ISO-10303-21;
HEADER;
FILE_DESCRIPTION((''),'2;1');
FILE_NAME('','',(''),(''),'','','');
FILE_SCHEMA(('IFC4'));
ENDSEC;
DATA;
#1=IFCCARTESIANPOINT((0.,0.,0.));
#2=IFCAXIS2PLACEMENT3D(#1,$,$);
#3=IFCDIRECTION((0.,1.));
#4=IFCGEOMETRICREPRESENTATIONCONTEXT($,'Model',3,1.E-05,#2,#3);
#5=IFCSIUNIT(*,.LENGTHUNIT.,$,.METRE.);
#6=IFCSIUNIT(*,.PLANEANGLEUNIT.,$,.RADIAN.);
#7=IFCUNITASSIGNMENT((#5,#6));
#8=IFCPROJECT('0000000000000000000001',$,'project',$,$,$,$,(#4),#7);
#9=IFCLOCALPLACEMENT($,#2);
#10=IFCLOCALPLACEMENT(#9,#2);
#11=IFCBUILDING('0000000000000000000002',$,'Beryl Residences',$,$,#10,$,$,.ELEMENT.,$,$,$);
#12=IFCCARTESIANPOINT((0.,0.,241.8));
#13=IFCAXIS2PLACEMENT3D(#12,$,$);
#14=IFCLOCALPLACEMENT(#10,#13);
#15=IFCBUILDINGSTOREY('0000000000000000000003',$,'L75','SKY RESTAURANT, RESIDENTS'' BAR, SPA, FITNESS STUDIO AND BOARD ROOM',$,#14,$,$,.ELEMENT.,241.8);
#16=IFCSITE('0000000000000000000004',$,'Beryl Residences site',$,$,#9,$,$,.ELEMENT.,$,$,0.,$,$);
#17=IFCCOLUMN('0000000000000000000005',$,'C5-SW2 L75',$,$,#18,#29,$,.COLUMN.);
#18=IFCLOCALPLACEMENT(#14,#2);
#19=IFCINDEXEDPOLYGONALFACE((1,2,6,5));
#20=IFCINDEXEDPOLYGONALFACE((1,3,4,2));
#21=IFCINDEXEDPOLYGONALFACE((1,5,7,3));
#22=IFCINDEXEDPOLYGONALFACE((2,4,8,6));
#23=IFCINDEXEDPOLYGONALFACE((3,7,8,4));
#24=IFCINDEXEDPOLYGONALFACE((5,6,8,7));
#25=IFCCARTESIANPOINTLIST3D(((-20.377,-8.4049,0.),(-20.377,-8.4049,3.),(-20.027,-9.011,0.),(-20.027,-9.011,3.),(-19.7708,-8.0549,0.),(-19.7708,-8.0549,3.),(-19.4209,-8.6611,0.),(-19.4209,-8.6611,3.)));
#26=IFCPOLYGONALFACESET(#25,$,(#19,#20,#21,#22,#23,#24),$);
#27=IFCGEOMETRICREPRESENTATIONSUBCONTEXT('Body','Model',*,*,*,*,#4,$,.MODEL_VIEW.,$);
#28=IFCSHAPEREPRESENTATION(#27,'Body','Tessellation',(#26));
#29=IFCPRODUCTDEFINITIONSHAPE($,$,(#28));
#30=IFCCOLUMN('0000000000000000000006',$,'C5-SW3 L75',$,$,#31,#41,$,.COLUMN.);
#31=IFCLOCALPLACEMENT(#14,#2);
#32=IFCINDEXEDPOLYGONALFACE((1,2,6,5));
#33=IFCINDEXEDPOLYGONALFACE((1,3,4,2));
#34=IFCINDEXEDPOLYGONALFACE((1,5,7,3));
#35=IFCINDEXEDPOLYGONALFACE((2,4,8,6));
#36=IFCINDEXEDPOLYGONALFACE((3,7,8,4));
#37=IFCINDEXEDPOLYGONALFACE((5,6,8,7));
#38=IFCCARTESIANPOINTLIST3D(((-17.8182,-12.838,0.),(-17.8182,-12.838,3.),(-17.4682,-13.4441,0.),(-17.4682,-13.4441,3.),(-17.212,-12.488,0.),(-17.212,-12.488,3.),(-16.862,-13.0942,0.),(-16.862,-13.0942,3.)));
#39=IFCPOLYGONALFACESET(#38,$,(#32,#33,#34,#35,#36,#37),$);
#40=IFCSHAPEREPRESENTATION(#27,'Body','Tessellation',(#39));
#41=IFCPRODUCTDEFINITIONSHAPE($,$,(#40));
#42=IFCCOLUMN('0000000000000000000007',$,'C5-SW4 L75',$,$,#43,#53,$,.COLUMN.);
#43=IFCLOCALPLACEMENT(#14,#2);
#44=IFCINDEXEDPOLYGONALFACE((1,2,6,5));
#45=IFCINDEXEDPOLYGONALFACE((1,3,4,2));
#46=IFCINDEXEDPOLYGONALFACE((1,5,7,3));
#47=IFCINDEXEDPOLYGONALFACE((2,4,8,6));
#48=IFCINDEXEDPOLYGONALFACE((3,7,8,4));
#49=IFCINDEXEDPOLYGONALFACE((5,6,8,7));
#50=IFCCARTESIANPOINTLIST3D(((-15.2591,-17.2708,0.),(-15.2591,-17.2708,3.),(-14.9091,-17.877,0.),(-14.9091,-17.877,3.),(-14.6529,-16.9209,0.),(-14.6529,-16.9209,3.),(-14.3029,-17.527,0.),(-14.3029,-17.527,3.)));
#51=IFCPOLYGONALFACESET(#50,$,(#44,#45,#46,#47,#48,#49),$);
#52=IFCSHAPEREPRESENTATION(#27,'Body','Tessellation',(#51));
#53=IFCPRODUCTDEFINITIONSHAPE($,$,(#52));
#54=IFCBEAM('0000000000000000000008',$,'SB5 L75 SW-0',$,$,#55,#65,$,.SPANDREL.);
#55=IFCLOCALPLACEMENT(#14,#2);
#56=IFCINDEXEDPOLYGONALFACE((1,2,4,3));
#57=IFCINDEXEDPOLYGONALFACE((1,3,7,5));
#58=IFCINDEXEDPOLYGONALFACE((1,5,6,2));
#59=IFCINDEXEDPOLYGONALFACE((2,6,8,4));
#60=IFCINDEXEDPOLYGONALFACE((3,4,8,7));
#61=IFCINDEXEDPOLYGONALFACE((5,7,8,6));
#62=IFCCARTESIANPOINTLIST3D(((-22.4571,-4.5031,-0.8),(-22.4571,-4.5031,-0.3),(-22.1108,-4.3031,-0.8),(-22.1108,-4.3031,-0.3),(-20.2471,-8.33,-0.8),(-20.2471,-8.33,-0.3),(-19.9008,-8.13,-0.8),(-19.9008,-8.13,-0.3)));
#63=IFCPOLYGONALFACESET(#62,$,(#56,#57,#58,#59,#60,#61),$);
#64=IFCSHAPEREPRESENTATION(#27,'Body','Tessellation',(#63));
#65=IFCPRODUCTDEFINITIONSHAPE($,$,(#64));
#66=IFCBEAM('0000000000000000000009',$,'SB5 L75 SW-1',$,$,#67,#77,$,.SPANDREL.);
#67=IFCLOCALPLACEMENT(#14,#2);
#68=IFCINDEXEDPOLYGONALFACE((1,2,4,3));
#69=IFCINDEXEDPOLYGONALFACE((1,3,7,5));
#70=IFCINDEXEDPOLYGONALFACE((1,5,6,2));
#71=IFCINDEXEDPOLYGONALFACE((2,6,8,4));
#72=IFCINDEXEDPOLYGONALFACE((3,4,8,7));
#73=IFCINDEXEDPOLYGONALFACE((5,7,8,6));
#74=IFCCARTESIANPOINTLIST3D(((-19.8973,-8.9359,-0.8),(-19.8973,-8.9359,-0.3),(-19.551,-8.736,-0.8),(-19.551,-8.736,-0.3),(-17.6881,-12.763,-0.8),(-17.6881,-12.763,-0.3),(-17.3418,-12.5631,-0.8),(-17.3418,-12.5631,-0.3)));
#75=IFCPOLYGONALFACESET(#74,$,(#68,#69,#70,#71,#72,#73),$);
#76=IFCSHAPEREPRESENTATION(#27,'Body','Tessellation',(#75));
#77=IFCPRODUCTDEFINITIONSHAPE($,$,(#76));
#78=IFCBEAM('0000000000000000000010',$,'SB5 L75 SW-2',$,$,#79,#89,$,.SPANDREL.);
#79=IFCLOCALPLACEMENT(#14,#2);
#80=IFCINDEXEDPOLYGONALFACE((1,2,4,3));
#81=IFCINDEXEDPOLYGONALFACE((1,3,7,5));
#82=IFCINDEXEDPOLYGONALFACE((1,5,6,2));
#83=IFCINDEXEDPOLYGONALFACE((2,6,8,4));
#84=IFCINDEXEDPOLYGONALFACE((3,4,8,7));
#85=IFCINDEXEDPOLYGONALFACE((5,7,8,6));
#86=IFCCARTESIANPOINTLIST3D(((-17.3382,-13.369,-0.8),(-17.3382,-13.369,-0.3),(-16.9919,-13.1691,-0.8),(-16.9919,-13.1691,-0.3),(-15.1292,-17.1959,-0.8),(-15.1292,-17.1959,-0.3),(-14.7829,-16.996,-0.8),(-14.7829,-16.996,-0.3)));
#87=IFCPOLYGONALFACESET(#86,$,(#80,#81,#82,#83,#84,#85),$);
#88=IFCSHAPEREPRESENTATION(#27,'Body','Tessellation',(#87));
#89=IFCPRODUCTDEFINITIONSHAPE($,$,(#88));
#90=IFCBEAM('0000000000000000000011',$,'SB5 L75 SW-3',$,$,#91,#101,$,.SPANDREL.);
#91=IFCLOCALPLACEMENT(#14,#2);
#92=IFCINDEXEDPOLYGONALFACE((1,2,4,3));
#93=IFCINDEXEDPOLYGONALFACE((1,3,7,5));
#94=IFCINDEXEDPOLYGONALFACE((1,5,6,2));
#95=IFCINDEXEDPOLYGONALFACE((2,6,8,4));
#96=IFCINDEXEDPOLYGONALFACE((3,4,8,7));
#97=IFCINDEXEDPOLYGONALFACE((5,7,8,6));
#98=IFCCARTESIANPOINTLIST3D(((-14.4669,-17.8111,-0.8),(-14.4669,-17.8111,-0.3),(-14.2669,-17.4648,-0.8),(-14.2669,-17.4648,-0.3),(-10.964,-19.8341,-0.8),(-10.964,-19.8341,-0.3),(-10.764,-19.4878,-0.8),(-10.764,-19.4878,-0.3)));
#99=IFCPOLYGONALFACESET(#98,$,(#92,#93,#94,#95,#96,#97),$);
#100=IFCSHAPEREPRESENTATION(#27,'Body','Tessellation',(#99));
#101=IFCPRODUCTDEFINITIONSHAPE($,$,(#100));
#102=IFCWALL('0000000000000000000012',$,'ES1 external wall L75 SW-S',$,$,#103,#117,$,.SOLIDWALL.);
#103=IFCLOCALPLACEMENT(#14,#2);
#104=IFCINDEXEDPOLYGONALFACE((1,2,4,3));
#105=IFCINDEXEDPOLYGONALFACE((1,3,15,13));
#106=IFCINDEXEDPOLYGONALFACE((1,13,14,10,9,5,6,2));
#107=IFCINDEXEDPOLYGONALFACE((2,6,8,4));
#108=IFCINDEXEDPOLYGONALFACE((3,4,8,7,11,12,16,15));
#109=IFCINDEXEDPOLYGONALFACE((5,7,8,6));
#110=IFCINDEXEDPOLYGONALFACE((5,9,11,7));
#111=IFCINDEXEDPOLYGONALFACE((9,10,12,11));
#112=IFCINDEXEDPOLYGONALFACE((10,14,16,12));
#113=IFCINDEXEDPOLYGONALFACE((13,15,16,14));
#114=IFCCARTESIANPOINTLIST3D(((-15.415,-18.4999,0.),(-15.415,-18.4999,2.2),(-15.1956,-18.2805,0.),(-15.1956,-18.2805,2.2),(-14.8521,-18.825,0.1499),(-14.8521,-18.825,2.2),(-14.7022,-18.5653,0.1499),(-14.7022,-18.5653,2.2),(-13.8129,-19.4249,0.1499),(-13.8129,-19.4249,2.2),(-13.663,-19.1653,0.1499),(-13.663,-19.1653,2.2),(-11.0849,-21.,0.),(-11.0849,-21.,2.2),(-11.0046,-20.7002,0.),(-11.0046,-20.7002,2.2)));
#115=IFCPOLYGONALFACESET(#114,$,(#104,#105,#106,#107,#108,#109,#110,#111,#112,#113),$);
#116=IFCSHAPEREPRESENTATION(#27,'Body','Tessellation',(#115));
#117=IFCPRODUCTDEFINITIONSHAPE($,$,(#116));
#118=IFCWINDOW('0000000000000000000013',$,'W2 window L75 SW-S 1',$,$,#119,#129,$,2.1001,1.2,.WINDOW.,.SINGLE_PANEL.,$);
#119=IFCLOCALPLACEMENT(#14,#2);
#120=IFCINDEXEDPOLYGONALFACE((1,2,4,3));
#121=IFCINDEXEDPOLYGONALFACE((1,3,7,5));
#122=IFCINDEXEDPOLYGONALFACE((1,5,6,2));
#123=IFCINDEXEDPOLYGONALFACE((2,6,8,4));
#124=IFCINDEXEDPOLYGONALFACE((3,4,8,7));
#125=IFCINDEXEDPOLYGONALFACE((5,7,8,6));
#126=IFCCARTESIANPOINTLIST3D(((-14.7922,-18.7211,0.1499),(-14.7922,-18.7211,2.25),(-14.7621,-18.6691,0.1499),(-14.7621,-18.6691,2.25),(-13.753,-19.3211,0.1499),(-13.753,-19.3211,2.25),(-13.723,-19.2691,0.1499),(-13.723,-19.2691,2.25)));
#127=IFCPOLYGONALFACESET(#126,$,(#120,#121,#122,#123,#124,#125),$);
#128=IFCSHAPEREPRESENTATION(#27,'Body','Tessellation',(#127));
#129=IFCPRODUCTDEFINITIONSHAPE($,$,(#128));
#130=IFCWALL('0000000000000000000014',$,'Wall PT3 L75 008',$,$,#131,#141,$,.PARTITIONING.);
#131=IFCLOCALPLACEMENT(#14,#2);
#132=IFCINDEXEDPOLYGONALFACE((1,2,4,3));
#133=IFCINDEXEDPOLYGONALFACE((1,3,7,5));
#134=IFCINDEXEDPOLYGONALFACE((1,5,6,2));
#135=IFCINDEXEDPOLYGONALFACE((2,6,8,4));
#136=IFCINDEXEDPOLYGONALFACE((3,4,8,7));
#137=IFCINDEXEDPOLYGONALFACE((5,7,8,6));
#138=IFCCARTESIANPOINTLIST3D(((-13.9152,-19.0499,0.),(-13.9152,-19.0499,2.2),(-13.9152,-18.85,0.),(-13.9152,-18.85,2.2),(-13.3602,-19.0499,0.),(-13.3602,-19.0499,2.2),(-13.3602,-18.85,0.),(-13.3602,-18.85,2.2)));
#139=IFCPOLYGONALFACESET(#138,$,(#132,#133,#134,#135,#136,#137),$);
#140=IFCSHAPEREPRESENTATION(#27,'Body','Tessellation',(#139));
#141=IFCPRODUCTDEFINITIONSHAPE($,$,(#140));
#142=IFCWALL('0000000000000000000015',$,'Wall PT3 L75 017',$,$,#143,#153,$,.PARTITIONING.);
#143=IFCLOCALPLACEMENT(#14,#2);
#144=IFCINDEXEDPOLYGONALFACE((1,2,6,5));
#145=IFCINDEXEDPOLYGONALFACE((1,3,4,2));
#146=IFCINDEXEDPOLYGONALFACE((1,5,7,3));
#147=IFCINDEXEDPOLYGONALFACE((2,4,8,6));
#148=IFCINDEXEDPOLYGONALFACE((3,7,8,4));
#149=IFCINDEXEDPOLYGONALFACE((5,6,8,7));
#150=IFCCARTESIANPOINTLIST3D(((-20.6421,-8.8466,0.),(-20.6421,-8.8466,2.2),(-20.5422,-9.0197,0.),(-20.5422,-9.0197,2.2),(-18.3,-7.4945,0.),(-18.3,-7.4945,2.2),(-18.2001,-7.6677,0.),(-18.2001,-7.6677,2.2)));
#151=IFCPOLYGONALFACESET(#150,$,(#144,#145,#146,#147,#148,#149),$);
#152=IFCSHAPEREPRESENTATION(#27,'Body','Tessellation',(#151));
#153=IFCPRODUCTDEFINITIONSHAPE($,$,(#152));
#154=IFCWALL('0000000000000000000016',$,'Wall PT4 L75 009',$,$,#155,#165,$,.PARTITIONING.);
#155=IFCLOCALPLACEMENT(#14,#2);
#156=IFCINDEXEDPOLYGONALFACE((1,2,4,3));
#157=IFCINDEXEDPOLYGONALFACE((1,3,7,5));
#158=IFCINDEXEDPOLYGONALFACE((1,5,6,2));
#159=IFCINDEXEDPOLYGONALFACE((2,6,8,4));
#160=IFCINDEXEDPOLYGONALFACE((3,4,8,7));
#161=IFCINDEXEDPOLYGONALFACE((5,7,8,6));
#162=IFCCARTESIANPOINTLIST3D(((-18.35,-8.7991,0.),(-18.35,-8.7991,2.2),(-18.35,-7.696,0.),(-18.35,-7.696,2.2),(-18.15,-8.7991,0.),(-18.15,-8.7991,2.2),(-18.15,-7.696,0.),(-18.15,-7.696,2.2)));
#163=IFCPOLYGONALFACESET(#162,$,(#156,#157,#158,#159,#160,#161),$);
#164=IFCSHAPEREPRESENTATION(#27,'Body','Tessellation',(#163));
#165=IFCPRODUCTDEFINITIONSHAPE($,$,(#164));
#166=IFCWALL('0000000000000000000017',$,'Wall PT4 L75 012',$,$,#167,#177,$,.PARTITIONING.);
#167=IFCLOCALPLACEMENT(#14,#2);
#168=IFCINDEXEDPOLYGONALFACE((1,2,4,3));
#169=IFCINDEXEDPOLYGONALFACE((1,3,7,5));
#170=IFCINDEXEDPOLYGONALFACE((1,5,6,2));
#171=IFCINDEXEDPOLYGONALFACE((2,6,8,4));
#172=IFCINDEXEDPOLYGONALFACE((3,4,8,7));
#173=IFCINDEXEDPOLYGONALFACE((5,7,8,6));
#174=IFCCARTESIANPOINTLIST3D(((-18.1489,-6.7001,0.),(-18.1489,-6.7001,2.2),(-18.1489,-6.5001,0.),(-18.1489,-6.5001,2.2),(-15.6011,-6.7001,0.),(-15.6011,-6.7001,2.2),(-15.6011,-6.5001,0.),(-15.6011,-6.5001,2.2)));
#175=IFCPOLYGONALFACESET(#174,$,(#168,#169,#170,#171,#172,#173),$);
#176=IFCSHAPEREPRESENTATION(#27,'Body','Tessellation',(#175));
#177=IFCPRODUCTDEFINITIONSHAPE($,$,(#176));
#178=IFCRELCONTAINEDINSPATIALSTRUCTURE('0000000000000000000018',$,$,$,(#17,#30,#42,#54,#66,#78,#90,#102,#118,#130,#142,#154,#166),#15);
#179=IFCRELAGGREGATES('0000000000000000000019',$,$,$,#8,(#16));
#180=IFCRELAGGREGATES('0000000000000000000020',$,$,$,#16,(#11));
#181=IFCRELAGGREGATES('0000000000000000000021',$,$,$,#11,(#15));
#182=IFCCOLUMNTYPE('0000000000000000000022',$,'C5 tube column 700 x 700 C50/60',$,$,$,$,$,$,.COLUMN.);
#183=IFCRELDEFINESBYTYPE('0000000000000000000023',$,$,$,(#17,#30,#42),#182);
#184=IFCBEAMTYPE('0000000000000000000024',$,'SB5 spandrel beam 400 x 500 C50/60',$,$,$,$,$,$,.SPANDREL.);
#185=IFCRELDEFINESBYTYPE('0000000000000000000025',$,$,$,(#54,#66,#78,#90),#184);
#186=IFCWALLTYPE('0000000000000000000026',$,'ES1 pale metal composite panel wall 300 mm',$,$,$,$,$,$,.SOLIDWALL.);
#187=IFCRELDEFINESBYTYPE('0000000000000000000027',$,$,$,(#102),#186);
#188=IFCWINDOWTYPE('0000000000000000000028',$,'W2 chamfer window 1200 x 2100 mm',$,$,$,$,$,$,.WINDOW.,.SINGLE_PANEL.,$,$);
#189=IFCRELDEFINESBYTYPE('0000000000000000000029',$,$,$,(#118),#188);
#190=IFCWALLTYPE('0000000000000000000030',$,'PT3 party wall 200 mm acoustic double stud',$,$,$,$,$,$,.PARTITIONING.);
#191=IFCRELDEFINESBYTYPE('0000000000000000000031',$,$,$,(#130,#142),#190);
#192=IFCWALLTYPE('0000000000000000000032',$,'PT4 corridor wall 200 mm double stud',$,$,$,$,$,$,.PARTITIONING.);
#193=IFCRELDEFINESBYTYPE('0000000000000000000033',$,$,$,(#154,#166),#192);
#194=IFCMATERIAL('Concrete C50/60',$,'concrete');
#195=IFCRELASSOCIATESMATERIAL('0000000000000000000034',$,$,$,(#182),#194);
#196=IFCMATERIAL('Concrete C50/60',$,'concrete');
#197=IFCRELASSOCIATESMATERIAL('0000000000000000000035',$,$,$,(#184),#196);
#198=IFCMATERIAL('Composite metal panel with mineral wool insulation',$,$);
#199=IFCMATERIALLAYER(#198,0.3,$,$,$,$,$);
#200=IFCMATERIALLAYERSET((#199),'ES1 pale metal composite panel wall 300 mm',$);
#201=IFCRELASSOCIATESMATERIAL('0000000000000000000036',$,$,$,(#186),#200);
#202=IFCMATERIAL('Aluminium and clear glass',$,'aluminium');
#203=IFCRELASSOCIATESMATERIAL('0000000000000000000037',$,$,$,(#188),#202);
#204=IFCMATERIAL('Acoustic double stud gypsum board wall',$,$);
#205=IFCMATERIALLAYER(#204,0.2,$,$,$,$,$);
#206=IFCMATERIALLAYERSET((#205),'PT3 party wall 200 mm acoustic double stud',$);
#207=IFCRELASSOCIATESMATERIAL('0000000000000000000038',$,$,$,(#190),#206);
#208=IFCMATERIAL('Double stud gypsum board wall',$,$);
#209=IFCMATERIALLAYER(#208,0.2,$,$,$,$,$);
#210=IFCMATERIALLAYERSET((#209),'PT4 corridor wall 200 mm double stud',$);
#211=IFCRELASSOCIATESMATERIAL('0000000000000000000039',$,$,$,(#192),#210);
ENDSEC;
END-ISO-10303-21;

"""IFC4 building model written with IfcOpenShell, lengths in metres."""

from ifc_helpers import new_model, si_unit, direction, frame, frame_2d, origin, origin_2d, place, context, subcontext, project, spatial, polyline, rectangle, outline, extrude, material, layer, layer_set, material_profile, profile_set, type_object, element, fill, save


model = new_model("IFC4")

# Units and contexts
model_context = context("Model", 3, precision=1e-05, world=origin(), true_north=direction((0.0, 1.0)))
body_context = subcontext(model_context, "Body", "Model", "MODEL_VIEW")
ifc_project = project(units=[si_unit("LENGTHUNIT", "METRE"), si_unit("PLANEANGLEUNIT", "RADIAN")], contexts=[model_context])

# Site, building, storey
site_placement = place(None, origin())
site = spatial("IfcSite", under=ifc_project, at=site_placement, Name="Beryl Residences site", CompositionType="ELEMENT", RefElevation=0.0)
building_placement = place(site_placement, origin())
building = spatial("IfcBuilding", under=site, at=building_placement, Name="Beryl Residences", CompositionType="ELEMENT")
storey_placement = place(building_placement, frame((0.0, 0.0, 241.8)))
storey = spatial("IfcBuildingStorey", under=building, at=storey_placement, Name="L75", Description="SKY RESTAURANT, RESIDENTS' BAR, SPA, FITNESS STUDIO AND BOARD ROOM", CompositionType="ELEMENT", Elevation=241.8)

# Columns
ifc_material_1 = material(Name="Concrete C50/60", Category="concrete")
ifc_material_profile_1 = material_profile(ifc_material_1, rectangle(XDim=0.7, YDim=0.7, at=origin_2d()))
ifc_profile_set_1 = profile_set([ifc_material_profile_1], Name="Concrete C50/60")
column_type = type_object("IfcColumnType", Name="C5 tube column 700 x 700 C50/60", PredefinedType="COLUMN", material=ifc_profile_set_1)
for number, where, z_axis, x_axis, name in (
    (1, (-19.8989, -8.533, 0.0), (0.0, 0.0, 1.0), (0.499985, -0.866034, 0.0), "C5-SW2 L75"),
    (2, (-17.3401, -12.9661, 0.0), (0.0, 0.0, 1.0), (0.499985, -0.866034, 0.0), "C5-SW3 L75"),
    (3, (-14.781, -17.3989, 0.0), (0.0, 0.0, 1.0), (0.499985, -0.866034, 0.0), "C5-SW4 L75"),
):
    element("IfcColumn", number, at=place(storey_placement, frame(where, z_axis=z_axis, x_axis=x_axis)), inside=storey, type_object=column_type, Name=name, PredefinedType="COLUMN", context=body_context, shape_type="SweptSolid", body=[
        extrude(rectangle(XDim=0.7, YDim=0.7, at=origin_2d()), origin(), (0.0, 0.0, 1.0), 3.0),
    ])

# Beams
ifc_material_2 = material(Name="Concrete C50/60", Category="concrete")
ifc_material_profile_2 = material_profile(ifc_material_2, rectangle(XDim=0.3999, YDim=0.5, at=origin_2d()))
ifc_profile_set_2 = profile_set([ifc_material_profile_2], Name="Concrete C50/60")
beam_type = type_object("IfcBeamType", Name="SB5 spandrel beam 400 x 500 C50/60", PredefinedType="SPANDREL", material=ifc_profile_set_2)
beam_1_placement = place(storey_placement, frame((-22.2839, -4.4031, -0.55), z_axis=(0.500084, -0.865977, 0.0), x_axis=(0.865977, 0.500084, 0.0)))
element("IfcBeam", 4, at=beam_1_placement, inside=storey, type_object=beam_type, Name="SB5 L75 SW-0", PredefinedType="SPANDREL", context=body_context, shape_type="SweptSolid", body=[
    extrude(rectangle(XDim=0.3999, YDim=0.5, at=origin_2d()), origin(), (0.0, 0.0, 1.0), 4.4192),
])
beam_2_placement = place(storey_placement, frame((-19.7241, -8.8359, -0.55), z_axis=(0.499936, -0.866062, 0.0), x_axis=(0.866062, 0.499936, 0.0)))
element("IfcBeam", 5, at=beam_2_placement, inside=storey, type_object=beam_type, Name="SB5 L75 SW-1", PredefinedType="SPANDREL", context=body_context, shape_type="SweptSolid", body=[
    extrude(rectangle(XDim=0.3999, YDim=0.5, at=origin_2d()), origin(), (0.0, 0.0, 1.0), 4.4189),
])
beam_3_placement = place(storey_placement, frame((-17.165, -13.269, -0.55), z_axis=(0.499919, -0.866072, 0.0), x_axis=(0.866072, 0.499919, 0.0)))
element("IfcBeam", 6, at=beam_3_placement, inside=storey, type_object=beam_type, Name="SB5 L75 SW-2", PredefinedType="SPANDREL", context=body_context, shape_type="SweptSolid", body=[
    extrude(rectangle(XDim=0.3999, YDim=0.5, at=origin_2d()), origin(), (0.0, 0.0, 1.0), 4.4187),
])
beam_4_placement = place(storey_placement, frame((-14.3669, -17.6379, -0.55), z_axis=(0.865968, -0.500099, 0.0), x_axis=(0.500099, 0.865968, 0.0)))
element("IfcBeam", 7, at=beam_4_placement, inside=storey, type_object=beam_type, Name="SB5 L75 SW-3", PredefinedType="SPANDREL", context=body_context, shape_type="SweptSolid", body=[
    extrude(rectangle(XDim=0.3999, YDim=0.5, at=origin_2d()), origin(), (0.0, 0.0, 1.0), 4.0452),
])

# Wall, opening, window
ifc_material_3 = material(Name="Composite metal panel with mineral wool insulation")
ifc_layer_1 = layer(ifc_material_3, 0.3)
ifc_layer_set_1 = layer_set([ifc_layer_1], Name="ES1 pale metal composite panel wall 300 mm")
wall_type_1 = type_object("IfcWallType", Name="ES1 pale metal composite panel wall 300 mm", PredefinedType="SOLIDWALL", material=ifc_layer_set_1)
wall_1_placement = place(storey_placement, frame((-15.3401, -18.3701, 0.0), z_axis=(0.0, 0.0, 1.0), x_axis=(0.866023, -0.500004, 0.0)))
wall_1 = element("IfcWall", 8, at=wall_1_placement, inside=storey, type_object=wall_type_1, Name="ES1 external wall L75 SW-S", PredefinedType="SOLIDWALL", context=body_context, shape_type="SweptSolid", body=[
    extrude(outline(polyline([(0.0, -0.1499), (5.0, -0.1499), (4.9197, 0.1499), (0.0803, 0.1499), (0.0, -0.1499)])), origin(), (0.0, 0.0, 1.0), 2.2),
])
opening_1_placement = place(wall_1_placement, frame((0.6499, 0.0, 0.1499)))
opening_1 = element("IfcOpeningElement", 9, at=opening_1_placement, cuts=wall_1, PredefinedType="OPENING", context=body_context, shape_type="SweptSolid", body=[
    extrude(rectangle(XDim=1.2, YDim=2.1001, at=frame_2d((0.6001, 1.05))), frame((0.0, 0.1599, 0.0), z_axis=(0.0, -1.0, 0.0), x_axis=(1.0, 0.0, 0.0)), (0.0, 0.0, 1.0), 0.3201),
])
ifc_material_4 = material(Name="Aluminium and clear glass", Category="aluminium")
window_type = type_object("IfcWindowType", Name="W2 chamfer window 1200 x 2100 mm", PartitioningType="SINGLE_PANEL", PredefinedType="WINDOW", material=ifc_material_4)
window_placement = place(opening_1_placement, origin())
window = element("IfcWindow", 10, at=window_placement, inside=storey, type_object=window_type, Name="W2 window L75 SW-S 1", OverallHeight=2.1001, OverallWidth=1.2, PartitioningType="SINGLE_PANEL", PredefinedType="WINDOW", context=body_context, shape_type="SweptSolid", body=[
    extrude(rectangle(XDim=1.2, YDim=2.1001, at=frame_2d((0.6001, 1.05))), frame((0.0, 0.03, 0.0), z_axis=(0.0, -1.0, 0.0), x_axis=(1.0, 0.0, 0.0)), (0.0, 0.0, 1.0), 0.0601),
])
fill(opening_1, window)

# Walls
ifc_material_5 = material(Name="Acoustic double stud gypsum board wall")
ifc_layer_2 = layer(ifc_material_5, 0.2)
ifc_layer_set_2 = layer_set([ifc_layer_2], Name="PT3 party wall 200 mm acoustic double stud")
wall_type_2 = type_object("IfcWallType", Name="PT3 party wall 200 mm acoustic double stud", PredefinedType="PARTITIONING", material=ifc_layer_set_2)
wall_2_placement = place(storey_placement, frame((-13.915, -18.95, 0.0), z_axis=(0.0, 0.0, 1.0), x_axis=(1.0, 0.0, 0.0)))
element("IfcWall", 11, at=wall_2_placement, inside=storey, type_object=wall_type_2, Name="Wall PT3 L75 008", PredefinedType="PARTITIONING", context=body_context, shape_type="SweptSolid", body=[
    extrude(rectangle(XDim=0.5549, YDim=0.2, at=frame_2d((0.2773, 0.0))), origin(), (0.0, 0.0, 1.0), 2.2),
])
wall_3_placement = place(storey_placement, frame((-20.592, -8.9331, 0.0), z_axis=(0.0, 0.0, 1.0), x_axis=(0.866046, 0.499965, 0.0)))
element("IfcWall", 12, at=wall_3_placement, inside=storey, type_object=wall_type_2, Name="Wall PT3 L75 017", PredefinedType="PARTITIONING", context=body_context, shape_type="SweptSolid", body=[
    extrude(rectangle(XDim=2.7043, YDim=0.2, at=frame_2d((1.3521, 0.0))), origin(), (0.0, 0.0, 1.0), 2.2),
])
ifc_material_6 = material(Name="Double stud gypsum board wall")
ifc_layer_3 = layer(ifc_material_6, 0.2)
ifc_layer_set_3 = layer_set([ifc_layer_3], Name="PT4 corridor wall 200 mm double stud")
wall_type_3 = type_object("IfcWallType", Name="PT4 corridor wall 200 mm double stud", PredefinedType="PARTITIONING", material=ifc_layer_set_3)
wall_4_placement = place(storey_placement, frame((-18.25, -7.696, 0.0), z_axis=(0.0, 0.0, 1.0), x_axis=(0.0, -1.0, 0.0)))
element("IfcWall", 13, at=wall_4_placement, inside=storey, type_object=wall_type_3, Name="Wall PT4 L75 009", PredefinedType="PARTITIONING", context=body_context, shape_type="SweptSolid", body=[
    extrude(rectangle(XDim=1.103, YDim=0.2, at=frame_2d((0.5515, 0.0))), origin(), (0.0, 0.0, 1.0), 2.2),
])
wall_5_placement = place(storey_placement, frame((-18.1489, -6.6001, 0.0), z_axis=(0.0, 0.0, 1.0), x_axis=(1.0, 0.0, 0.0)))
element("IfcWall", 14, at=wall_5_placement, inside=storey, type_object=wall_type_3, Name="Wall PT4 L75 012", PredefinedType="PARTITIONING", context=body_context, shape_type="SweptSolid", body=[
    extrude(rectangle(XDim=2.5479, YDim=0.2, at=frame_2d((1.2739, 0.0))), origin(), (0.0, 0.0, 1.0), 2.2),
])

save(model, "model.ifc")
